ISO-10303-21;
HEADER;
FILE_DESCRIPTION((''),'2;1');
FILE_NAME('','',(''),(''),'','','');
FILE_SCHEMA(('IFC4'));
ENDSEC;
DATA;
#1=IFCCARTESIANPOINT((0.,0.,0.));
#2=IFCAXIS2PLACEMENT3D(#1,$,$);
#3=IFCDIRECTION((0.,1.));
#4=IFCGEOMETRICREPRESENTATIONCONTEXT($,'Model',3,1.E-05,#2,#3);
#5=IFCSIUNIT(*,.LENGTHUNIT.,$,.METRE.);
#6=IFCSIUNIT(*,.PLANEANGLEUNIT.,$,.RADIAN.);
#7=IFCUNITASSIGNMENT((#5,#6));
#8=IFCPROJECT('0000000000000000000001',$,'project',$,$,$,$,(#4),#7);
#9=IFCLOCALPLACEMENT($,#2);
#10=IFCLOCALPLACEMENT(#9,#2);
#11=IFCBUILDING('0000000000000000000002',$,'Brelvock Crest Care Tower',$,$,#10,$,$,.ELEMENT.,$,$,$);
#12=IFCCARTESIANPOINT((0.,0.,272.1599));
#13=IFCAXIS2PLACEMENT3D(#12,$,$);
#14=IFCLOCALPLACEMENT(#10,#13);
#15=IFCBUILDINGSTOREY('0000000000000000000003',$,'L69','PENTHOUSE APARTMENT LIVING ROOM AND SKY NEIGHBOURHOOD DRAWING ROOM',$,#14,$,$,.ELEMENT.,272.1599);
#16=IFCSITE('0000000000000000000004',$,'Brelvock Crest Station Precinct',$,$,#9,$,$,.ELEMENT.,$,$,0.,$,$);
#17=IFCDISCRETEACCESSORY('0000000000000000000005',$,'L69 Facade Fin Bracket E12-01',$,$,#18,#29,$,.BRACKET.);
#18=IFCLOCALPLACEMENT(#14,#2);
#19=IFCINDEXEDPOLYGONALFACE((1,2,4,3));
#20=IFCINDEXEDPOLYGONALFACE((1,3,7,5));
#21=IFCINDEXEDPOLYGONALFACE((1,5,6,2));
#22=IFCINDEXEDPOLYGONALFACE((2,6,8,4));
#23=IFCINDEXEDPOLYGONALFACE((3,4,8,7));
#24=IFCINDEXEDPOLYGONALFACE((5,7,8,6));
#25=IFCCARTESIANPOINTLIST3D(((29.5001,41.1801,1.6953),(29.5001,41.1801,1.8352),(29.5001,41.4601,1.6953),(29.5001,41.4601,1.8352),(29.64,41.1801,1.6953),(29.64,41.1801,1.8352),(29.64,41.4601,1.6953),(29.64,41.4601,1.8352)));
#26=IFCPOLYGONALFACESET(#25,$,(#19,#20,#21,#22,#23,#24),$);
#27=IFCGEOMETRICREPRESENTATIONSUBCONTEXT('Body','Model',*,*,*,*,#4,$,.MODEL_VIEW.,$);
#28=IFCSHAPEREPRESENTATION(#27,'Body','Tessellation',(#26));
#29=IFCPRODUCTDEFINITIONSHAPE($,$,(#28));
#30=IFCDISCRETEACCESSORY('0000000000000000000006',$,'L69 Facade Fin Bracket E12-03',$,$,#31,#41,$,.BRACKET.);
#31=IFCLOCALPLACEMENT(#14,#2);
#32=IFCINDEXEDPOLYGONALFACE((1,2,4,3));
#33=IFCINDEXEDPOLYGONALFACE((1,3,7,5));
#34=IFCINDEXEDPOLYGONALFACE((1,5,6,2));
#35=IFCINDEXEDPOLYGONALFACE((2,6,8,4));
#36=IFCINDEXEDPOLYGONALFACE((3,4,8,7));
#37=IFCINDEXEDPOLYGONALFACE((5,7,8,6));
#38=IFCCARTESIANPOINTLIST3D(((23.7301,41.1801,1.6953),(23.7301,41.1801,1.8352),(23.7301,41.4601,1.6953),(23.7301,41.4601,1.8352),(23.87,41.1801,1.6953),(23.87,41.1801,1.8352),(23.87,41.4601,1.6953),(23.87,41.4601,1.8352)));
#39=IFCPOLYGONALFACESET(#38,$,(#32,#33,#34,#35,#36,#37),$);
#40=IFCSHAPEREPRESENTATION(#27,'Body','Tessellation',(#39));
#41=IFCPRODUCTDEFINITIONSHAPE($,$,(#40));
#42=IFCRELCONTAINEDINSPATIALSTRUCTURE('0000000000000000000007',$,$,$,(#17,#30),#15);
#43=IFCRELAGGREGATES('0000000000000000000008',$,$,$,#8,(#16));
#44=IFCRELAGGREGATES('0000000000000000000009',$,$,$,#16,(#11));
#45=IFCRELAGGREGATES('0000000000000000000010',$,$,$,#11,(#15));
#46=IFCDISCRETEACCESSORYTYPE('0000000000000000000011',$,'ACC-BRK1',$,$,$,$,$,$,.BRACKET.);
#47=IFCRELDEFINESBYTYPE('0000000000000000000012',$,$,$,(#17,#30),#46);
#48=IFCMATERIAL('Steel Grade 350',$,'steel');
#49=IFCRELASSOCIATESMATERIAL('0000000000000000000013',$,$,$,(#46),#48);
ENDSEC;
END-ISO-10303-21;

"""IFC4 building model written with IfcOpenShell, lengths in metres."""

from ifc_helpers import new_model, si_unit, direction, frame, origin, origin_2d, place, context, subcontext, project, spatial, rectangle, extrude, source, transform, mapped, material, type_object, element, save


model = new_model("IFC4")

# Units and contexts
model_context = context("Model", 3, precision=1e-05, world=origin(), true_north=direction((0.0, 1.0)))
body_context = subcontext(model_context, "Body", "Model", "MODEL_VIEW")
ifc_project = project(units=[si_unit("LENGTHUNIT", "METRE"), si_unit("PLANEANGLEUNIT", "RADIAN")], contexts=[model_context])

# Site, building, storey
site_placement = place(None, origin())
site = spatial("IfcSite", under=ifc_project, at=site_placement, Name="Brelvock Crest Station Precinct", CompositionType="ELEMENT", RefElevation=0.0)
building_placement = place(site_placement, origin())
building = spatial("IfcBuilding", under=site, at=building_placement, Name="Brelvock Crest Care Tower", CompositionType="ELEMENT")
storey_placement = place(building_placement, frame((0.0, 0.0, 272.1599)))
storey = spatial("IfcBuildingStorey", under=building, at=storey_placement, Name="L69", Description="PENTHOUSE APARTMENT LIVING ROOM AND SKY NEIGHBOURHOOD DRAWING ROOM", CompositionType="ELEMENT", Elevation=272.1599)

# Shared definitions
ifc_material_1 = material(Name="Steel Grade 350", Category="steel")

# Discrete accessories
discrete_accessory_type = type_object("IfcDiscreteAccessoryType", Name="ACC-BRK1", PredefinedType="BRACKET", material=ifc_material_1)
shared_shape_1 = source(origin(), body_context, "Body", "SweptSolid", [
    extrude(rectangle(XDim=0.28, YDim=0.1399, at=origin_2d()), origin(), (0.0, 0.0, 1.0), 0.1399),
])
for number, where, z_axis, x_axis, name in (
    (1, (29.5701, 41.3201, 1.6953), (0.0, 0.0, 1.0), (0.0, -1.0, 0.0), "L69 Facade Fin Bracket E12-01"),
    (2, (23.8, 41.3201, 1.6953), (0.0, 0.0, 1.0), (0.0, -1.0, 0.0), "L69 Facade Fin Bracket E12-03"),
):
    element("IfcDiscreteAccessory", number, at=place(storey_placement, frame(where, z_axis=z_axis, x_axis=x_axis)), inside=storey, type_object=discrete_accessory_type, Name=name, PredefinedType="BRACKET", context=body_context, shape_type="MappedRepresentation", body=[
        mapped(shared_shape_1, transform((0.0, 0.0, 0.0), x_axis=(1.0, 0.0, 0.0), y_axis=(0.0, 1.0, 0.0), z_axis=(0.0, 0.0, 1.0), scale=1.0)),
    ])

save(model, "model.ifc")
